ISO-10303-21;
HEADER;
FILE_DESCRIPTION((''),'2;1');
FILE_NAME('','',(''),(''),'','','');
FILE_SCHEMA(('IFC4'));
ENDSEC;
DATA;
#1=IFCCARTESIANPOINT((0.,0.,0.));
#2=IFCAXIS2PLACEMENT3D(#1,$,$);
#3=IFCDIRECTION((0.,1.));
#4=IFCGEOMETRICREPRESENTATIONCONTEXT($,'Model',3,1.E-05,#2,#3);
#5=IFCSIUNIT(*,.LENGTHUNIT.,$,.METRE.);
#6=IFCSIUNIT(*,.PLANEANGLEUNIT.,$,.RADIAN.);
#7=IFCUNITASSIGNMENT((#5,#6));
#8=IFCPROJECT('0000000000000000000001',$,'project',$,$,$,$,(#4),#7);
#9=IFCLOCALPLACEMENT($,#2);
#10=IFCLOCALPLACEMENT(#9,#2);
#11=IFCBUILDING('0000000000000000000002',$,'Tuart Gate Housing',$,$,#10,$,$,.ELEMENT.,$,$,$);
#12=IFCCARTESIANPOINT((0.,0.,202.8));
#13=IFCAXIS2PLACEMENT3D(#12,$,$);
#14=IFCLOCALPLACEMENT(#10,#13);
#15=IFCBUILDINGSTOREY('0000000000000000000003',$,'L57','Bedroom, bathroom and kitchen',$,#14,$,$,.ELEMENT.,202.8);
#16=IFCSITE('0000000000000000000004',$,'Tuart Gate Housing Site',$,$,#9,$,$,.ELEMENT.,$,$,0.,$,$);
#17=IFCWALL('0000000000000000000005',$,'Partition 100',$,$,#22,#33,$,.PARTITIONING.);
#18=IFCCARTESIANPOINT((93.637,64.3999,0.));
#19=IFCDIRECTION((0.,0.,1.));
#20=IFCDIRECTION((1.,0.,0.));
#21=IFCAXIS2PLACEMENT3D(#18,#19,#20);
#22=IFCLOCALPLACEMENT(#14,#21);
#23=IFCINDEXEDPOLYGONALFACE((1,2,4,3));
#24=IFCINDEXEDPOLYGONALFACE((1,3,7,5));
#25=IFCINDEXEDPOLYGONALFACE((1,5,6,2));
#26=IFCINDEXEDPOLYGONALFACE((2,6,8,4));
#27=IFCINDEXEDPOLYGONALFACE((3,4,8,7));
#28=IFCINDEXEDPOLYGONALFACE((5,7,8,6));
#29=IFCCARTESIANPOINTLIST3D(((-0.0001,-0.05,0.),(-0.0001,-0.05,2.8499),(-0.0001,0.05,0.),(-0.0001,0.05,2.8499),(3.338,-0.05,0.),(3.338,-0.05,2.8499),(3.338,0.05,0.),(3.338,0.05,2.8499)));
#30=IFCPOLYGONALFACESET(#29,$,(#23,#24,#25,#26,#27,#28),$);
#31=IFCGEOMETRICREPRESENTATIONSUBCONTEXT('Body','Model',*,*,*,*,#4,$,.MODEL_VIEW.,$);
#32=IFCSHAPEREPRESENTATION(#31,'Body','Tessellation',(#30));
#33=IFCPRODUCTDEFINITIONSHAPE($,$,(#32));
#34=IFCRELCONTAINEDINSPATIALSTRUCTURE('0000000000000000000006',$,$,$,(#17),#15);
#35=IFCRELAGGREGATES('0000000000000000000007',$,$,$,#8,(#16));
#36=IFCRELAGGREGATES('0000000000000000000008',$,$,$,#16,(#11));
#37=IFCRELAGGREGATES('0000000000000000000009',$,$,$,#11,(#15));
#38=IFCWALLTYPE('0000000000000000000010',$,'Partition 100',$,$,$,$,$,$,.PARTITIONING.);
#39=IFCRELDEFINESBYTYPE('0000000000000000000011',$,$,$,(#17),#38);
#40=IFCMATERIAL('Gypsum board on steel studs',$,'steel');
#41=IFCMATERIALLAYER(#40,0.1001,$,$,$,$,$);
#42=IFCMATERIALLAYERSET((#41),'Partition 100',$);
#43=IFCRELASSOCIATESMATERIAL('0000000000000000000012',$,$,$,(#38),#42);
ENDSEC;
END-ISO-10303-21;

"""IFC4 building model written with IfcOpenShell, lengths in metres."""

from ifc_helpers import new_model, si_unit, direction, frame, frame_2d, origin, place, context, subcontext, project, spatial, rectangle, extrude, material, layer, layer_set, type_object, element, save


model = new_model("IFC4")

# Units and contexts
model_context = context("Model", 3, precision=1e-05, world=origin(), true_north=direction((0.0, 1.0)))
body_context = subcontext(model_context, "Body", "Model", "MODEL_VIEW")
ifc_project = project(units=[si_unit("LENGTHUNIT", "METRE"), si_unit("PLANEANGLEUNIT", "RADIAN")], contexts=[model_context])

# Site, building, storey
site_placement = place(None, origin())
site = spatial("IfcSite", under=ifc_project, at=site_placement, Name="Tuart Gate Housing Site", CompositionType="ELEMENT", RefElevation=0.0)
building_placement = place(site_placement, origin())
building = spatial("IfcBuilding", under=site, at=building_placement, Name="Tuart Gate Housing", CompositionType="ELEMENT")
storey_placement = place(building_placement, frame((0.0, 0.0, 202.8)))
storey = spatial("IfcBuildingStorey", under=building, at=storey_placement, Name="L57", Description="Bedroom, bathroom and kitchen", CompositionType="ELEMENT", Elevation=202.8)

# Shared definitions
ifc_material_1 = material(Name="Gypsum board on steel studs", Category="steel")
ifc_layer_1 = layer(ifc_material_1, 0.1001)
ifc_layer_set_1 = layer_set([ifc_layer_1], Name="Partition 100")
wall_type_1 = type_object("IfcWallType", Name="Partition 100", PredefinedType="PARTITIONING", material=ifc_layer_set_1)

# Wall
wall_1_placement = place(storey_placement, frame((93.637, 64.3999, 0.0), z_axis=(0.0, 0.0, 1.0), x_axis=(1.0, 0.0, 0.0)))
element("IfcWall", 1, at=wall_1_placement, inside=storey, type_object=wall_type_1, Name="Partition 100", PredefinedType="PARTITIONING", context=body_context, shape_type="SweptSolid", body=[
    extrude(rectangle(XDim=3.3381, YDim=0.1001, at=frame_2d((1.6689, 0.0))), origin(), (0.0, 0.0, 1.0), 2.8499),
])

save(model, "model.ifc")
